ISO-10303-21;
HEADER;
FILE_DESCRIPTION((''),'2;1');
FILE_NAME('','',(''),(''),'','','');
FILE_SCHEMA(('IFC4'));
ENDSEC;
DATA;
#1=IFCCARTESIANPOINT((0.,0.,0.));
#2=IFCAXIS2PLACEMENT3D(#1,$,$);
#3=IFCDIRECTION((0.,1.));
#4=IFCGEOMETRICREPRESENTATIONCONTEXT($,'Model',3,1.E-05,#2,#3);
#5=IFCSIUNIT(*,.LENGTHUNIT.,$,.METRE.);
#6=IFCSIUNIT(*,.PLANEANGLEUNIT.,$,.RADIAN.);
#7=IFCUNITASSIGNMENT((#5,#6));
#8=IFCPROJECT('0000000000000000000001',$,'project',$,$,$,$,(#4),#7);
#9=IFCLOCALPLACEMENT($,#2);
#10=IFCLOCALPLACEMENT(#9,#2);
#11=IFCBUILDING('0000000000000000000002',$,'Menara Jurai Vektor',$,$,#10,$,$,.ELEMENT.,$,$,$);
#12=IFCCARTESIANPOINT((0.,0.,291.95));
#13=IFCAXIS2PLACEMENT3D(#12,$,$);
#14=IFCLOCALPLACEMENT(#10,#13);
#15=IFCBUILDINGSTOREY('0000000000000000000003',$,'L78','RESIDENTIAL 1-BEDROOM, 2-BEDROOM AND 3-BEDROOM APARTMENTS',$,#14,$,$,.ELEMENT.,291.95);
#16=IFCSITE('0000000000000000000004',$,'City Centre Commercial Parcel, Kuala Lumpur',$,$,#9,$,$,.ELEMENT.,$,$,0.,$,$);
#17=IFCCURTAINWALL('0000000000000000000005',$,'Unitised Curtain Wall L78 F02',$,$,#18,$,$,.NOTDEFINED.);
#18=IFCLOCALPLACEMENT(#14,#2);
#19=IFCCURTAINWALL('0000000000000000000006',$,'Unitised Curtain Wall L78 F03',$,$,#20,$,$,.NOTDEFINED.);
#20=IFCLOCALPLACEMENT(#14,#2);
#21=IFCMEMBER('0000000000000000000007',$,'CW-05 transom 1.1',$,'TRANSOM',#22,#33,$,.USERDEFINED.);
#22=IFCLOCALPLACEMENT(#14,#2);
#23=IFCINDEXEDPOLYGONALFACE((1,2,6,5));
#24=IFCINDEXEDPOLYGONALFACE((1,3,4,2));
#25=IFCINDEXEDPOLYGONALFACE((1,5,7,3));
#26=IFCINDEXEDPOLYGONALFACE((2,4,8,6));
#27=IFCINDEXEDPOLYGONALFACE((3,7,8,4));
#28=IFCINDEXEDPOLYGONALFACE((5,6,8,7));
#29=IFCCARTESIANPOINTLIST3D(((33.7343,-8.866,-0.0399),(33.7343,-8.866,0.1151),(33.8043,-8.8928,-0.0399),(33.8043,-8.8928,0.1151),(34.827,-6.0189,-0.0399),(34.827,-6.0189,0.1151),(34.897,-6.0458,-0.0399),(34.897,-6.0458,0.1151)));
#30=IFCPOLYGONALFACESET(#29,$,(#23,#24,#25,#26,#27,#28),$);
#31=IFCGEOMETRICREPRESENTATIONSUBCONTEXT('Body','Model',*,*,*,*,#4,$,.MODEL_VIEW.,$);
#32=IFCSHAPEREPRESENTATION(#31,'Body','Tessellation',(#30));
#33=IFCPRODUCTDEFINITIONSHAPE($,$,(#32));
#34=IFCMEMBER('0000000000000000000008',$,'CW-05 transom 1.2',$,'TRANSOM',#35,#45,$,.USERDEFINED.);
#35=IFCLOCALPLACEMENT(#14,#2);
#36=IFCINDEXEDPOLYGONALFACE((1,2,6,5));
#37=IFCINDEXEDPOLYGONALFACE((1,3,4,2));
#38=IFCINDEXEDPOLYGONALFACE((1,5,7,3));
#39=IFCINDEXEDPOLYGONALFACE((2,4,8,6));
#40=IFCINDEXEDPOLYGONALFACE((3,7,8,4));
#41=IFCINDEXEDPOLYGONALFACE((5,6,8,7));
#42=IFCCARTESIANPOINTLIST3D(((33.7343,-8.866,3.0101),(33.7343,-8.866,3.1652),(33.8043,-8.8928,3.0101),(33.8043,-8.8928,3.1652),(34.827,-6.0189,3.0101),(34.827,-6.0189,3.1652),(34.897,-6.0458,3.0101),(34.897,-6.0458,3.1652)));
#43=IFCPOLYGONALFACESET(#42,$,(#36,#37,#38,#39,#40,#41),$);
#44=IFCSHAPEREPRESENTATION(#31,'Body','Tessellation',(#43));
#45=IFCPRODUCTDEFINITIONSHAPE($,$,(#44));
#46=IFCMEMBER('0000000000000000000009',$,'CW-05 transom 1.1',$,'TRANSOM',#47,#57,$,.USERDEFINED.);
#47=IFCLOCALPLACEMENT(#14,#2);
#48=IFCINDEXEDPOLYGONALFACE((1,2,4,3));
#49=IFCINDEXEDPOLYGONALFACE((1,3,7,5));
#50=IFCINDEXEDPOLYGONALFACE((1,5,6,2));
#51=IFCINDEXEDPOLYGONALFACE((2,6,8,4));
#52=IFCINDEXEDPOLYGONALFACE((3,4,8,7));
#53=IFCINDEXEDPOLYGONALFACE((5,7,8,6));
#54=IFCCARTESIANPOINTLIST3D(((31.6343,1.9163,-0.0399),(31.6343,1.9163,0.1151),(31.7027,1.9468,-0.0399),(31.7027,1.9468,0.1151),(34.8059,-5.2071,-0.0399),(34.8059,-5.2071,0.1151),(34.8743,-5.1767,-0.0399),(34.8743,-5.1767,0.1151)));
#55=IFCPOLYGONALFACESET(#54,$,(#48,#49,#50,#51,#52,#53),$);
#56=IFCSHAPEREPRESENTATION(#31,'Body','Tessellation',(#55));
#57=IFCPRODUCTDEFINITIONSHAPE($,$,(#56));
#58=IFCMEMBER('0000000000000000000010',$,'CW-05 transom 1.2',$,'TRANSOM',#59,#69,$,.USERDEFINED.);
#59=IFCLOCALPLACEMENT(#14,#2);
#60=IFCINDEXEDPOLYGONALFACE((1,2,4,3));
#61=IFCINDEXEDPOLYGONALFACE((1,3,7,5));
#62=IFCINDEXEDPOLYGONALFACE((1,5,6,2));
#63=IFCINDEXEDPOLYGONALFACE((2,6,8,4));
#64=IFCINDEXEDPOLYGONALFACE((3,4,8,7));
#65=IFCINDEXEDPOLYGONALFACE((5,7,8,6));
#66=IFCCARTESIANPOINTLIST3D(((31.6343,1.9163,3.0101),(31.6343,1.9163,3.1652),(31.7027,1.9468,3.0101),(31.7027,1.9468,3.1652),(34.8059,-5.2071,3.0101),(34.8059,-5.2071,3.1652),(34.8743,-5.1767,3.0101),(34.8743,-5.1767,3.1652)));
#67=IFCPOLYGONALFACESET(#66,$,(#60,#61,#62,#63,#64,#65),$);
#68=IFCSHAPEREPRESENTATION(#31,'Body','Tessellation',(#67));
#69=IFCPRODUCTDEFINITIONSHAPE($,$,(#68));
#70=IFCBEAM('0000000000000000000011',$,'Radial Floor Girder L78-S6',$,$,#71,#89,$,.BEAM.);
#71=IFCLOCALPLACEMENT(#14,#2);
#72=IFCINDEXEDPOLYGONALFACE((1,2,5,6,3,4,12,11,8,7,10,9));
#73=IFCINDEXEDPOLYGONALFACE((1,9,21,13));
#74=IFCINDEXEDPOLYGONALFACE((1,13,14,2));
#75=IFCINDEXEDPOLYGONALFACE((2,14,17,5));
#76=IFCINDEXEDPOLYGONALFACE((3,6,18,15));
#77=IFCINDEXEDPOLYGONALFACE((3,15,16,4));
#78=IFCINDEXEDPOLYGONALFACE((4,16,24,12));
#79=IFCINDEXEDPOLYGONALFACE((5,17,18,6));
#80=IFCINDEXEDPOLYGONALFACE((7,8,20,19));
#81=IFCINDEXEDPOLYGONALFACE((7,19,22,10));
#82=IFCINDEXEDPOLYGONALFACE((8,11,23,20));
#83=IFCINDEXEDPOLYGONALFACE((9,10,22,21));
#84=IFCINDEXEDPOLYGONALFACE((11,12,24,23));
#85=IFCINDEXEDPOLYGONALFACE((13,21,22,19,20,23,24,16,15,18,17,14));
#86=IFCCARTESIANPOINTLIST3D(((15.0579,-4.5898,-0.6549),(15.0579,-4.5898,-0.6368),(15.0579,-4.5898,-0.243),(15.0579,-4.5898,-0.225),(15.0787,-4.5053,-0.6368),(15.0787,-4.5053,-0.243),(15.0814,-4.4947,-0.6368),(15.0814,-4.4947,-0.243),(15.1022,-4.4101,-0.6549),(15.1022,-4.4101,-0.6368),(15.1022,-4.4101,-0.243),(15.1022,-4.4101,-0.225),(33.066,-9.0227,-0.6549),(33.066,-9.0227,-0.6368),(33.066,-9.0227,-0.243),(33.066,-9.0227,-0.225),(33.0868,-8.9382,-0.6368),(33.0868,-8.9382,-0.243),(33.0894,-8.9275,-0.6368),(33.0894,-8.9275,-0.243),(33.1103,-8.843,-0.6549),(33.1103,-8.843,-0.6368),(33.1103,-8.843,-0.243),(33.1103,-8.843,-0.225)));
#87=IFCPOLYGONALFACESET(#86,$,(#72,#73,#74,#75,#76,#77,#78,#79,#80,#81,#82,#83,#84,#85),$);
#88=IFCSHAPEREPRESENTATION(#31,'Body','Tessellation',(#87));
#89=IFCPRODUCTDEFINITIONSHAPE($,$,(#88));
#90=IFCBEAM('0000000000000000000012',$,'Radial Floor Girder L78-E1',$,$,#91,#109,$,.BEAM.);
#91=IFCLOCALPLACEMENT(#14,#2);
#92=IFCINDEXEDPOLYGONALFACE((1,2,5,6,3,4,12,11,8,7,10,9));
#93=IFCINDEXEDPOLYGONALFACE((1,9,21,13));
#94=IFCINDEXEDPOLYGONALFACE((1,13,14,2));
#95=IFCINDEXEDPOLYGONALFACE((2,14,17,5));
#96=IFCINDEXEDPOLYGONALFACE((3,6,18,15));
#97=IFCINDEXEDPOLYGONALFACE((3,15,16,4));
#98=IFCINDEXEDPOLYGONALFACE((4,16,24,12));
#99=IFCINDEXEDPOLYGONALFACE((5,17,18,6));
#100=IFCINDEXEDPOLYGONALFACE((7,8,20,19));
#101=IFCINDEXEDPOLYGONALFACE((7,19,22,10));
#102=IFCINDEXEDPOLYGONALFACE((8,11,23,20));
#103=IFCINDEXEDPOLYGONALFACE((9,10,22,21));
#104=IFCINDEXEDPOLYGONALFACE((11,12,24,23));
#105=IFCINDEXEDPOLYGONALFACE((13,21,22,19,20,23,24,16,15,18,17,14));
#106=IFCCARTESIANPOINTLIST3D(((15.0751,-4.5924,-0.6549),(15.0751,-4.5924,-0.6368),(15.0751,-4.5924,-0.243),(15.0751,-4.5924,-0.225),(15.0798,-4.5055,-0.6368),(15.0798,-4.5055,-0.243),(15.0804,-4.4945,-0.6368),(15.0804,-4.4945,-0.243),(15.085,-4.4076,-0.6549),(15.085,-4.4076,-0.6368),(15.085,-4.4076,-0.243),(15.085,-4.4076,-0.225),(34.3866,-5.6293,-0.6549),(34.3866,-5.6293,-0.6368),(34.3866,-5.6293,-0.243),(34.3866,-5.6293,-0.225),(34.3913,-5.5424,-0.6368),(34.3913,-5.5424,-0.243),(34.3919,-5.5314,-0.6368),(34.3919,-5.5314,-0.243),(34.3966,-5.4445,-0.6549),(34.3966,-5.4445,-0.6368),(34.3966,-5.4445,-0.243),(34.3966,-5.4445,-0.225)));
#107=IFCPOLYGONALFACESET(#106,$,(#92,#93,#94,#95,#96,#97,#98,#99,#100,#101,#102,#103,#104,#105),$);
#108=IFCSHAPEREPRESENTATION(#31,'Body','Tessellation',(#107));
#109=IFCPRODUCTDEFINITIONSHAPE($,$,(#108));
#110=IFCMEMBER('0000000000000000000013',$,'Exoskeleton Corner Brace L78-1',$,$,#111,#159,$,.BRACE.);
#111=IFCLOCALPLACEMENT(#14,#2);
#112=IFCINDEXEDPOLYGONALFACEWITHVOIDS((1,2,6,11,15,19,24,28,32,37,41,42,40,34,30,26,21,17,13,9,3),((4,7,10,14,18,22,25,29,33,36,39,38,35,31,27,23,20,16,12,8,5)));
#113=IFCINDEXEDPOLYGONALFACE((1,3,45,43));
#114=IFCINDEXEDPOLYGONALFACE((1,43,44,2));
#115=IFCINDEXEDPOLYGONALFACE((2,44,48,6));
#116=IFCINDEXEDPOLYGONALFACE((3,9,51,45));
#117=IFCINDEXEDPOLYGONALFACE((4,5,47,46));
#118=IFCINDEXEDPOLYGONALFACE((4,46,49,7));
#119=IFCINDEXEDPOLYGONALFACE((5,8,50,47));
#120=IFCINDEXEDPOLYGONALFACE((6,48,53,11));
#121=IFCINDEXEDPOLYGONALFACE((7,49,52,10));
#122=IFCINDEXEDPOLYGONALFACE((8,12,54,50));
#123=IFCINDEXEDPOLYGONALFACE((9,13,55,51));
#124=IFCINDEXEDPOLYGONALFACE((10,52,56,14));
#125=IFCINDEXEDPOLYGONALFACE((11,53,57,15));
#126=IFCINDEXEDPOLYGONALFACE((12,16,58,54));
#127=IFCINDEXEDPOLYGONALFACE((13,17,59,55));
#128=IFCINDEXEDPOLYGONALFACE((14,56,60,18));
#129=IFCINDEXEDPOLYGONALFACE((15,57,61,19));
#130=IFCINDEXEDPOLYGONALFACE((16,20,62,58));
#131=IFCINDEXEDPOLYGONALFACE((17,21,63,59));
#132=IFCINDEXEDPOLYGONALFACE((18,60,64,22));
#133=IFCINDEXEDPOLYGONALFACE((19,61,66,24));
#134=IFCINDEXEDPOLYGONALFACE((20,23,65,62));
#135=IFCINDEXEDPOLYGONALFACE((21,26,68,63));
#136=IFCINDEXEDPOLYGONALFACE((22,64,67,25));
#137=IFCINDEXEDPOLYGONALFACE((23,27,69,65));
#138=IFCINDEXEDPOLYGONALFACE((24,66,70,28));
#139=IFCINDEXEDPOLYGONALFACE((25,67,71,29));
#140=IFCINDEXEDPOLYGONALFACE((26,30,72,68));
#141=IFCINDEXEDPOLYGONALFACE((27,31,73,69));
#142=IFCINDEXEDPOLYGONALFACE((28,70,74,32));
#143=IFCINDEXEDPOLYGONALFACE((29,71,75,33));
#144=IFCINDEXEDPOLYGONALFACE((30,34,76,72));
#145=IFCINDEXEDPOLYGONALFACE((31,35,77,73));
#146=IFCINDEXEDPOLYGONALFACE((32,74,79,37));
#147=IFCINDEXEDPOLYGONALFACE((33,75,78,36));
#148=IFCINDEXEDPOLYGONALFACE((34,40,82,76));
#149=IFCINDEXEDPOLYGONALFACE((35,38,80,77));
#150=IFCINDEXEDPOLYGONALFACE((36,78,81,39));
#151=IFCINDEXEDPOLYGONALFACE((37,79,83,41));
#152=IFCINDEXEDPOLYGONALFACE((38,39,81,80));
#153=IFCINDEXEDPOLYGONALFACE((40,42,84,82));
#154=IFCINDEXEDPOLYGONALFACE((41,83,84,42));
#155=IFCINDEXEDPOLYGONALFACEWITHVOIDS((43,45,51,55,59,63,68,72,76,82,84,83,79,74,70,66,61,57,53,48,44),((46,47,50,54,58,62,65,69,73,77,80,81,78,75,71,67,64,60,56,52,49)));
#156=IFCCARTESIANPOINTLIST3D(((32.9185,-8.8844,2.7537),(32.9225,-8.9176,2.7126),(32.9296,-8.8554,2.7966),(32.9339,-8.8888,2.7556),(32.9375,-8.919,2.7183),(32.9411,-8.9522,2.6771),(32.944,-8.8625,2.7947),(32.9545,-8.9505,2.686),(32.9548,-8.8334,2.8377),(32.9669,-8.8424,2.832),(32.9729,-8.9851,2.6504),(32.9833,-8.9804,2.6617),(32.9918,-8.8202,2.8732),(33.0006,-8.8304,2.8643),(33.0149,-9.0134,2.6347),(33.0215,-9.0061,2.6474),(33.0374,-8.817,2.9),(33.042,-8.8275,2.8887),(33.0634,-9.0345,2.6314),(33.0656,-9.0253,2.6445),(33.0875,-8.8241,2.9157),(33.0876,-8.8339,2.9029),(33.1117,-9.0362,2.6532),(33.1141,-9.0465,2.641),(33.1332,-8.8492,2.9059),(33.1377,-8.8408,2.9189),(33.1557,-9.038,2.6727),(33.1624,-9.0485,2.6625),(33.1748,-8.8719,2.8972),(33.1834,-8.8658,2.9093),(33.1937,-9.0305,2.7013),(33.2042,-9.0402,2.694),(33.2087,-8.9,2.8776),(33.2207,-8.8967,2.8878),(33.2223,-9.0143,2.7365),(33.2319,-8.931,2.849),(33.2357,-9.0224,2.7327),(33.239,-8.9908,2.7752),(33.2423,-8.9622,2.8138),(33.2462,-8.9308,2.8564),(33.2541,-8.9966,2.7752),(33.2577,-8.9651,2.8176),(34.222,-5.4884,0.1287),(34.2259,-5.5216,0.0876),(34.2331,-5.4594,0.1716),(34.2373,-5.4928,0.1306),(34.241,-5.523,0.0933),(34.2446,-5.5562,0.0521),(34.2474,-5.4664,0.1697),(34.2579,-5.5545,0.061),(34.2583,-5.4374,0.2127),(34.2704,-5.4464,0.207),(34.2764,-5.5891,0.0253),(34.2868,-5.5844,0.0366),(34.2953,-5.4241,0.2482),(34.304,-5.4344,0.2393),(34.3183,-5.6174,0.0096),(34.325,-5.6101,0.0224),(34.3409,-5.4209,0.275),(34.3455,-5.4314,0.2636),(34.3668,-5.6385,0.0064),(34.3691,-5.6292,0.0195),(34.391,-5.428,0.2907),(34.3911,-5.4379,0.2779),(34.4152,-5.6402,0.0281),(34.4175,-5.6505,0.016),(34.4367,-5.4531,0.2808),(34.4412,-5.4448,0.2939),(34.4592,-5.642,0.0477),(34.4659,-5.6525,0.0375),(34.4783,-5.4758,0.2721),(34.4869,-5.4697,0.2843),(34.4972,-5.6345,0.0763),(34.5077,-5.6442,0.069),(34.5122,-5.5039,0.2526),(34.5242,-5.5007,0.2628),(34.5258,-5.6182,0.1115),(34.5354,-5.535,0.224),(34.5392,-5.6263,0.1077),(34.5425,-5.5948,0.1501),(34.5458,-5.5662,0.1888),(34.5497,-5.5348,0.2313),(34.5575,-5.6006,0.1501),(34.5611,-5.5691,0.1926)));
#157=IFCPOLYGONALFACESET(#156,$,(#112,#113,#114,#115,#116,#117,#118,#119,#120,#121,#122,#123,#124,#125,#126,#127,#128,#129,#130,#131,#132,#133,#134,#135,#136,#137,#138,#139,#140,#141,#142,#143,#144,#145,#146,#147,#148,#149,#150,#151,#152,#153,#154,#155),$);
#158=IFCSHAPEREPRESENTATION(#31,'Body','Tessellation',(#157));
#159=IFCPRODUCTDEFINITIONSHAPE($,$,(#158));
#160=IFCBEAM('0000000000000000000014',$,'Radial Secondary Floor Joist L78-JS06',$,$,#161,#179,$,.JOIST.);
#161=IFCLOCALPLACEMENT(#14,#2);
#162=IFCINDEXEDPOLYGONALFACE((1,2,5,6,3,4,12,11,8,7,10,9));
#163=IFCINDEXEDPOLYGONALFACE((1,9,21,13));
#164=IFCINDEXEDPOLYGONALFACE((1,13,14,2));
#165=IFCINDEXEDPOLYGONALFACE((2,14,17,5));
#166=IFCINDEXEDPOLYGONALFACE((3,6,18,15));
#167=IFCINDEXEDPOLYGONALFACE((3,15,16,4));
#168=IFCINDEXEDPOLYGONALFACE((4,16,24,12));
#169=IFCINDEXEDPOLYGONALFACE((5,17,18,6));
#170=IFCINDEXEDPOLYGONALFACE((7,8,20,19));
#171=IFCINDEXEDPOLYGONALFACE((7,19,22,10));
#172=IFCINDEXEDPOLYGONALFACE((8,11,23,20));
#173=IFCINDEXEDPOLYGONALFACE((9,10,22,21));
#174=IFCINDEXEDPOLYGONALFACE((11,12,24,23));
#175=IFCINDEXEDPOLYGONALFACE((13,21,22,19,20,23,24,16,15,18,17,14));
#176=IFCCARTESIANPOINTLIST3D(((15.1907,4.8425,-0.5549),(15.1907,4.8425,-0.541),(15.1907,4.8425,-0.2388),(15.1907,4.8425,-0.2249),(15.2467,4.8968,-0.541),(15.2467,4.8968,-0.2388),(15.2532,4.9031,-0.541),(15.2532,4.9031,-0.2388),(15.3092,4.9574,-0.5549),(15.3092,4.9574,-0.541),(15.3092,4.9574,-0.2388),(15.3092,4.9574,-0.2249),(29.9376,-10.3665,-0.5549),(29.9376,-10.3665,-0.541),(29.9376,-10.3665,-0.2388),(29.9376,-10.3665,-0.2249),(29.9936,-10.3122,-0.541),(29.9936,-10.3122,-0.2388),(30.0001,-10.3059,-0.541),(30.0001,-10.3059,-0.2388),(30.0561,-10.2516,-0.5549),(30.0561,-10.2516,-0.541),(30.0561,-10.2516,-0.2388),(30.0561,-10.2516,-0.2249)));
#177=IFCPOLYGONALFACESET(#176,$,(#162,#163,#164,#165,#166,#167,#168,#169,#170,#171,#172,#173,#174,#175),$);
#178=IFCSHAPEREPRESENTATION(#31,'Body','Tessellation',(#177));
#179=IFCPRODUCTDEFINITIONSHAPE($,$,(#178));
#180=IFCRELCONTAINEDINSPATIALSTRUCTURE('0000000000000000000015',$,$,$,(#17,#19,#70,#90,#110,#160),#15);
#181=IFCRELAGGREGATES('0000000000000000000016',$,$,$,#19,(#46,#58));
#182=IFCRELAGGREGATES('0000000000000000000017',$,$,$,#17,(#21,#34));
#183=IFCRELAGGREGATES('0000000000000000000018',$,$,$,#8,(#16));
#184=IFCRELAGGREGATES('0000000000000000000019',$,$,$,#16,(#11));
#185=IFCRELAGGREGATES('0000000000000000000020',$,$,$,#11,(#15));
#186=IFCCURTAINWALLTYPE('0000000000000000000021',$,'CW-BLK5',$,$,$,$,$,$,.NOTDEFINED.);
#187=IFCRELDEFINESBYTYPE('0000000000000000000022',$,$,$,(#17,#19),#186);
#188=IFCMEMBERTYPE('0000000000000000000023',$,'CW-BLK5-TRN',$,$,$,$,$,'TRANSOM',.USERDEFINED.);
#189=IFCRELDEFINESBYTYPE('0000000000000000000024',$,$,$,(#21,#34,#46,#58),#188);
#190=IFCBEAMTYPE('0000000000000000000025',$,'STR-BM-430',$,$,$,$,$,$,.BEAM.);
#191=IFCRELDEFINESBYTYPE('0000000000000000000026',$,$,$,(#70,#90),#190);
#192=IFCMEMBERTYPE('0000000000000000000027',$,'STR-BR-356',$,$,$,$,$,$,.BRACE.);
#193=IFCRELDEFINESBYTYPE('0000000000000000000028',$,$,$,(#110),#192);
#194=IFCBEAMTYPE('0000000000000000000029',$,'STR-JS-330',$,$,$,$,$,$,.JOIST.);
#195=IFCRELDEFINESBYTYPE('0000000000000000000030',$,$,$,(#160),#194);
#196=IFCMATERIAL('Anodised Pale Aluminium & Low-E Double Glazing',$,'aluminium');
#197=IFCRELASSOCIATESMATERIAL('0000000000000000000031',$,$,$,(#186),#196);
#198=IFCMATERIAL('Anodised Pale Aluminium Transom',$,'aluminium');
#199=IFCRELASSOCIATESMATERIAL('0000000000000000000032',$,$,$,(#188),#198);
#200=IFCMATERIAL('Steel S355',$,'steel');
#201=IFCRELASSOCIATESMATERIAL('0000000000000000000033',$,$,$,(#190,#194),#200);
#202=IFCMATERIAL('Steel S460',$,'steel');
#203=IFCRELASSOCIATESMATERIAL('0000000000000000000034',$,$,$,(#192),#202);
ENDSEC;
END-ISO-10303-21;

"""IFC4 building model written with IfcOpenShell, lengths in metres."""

from ifc_helpers import new_model, si_unit, direction, frame, origin, origin_2d, place, context, subcontext, project, spatial, rectangle, hollow_circle, i_section, extrude, material, material_profile, profile_set, type_object, element, aggregate, save


model = new_model("IFC4")

# Units and contexts
model_context = context("Model", 3, precision=1e-05, world=origin(), true_north=direction((0.0, 1.0)))
body_context = subcontext(model_context, "Body", "Model", "MODEL_VIEW")
ifc_project = project(units=[si_unit("LENGTHUNIT", "METRE"), si_unit("PLANEANGLEUNIT", "RADIAN")], contexts=[model_context])

# Site, building, storey
site_placement = place(None, origin())
site = spatial("IfcSite", under=ifc_project, at=site_placement, Name="City Centre Commercial Parcel, Kuala Lumpur", CompositionType="ELEMENT", RefElevation=0.0)
building_placement = place(site_placement, origin())
building = spatial("IfcBuilding", under=site, at=building_placement, Name="Menara Jurai Vektor", CompositionType="ELEMENT")
storey_placement = place(building_placement, frame((0.0, 0.0, 291.95)))
storey = spatial("IfcBuildingStorey", under=building, at=storey_placement, Name="L78", Description="RESIDENTIAL 1-BEDROOM, 2-BEDROOM AND 3-BEDROOM APARTMENTS", CompositionType="ELEMENT", Elevation=291.95)

# Shared definitions
ifc_material_1 = material(Name="Steel S460", Category="steel")

# Curtain wall
ifc_material_2 = material(Name="Anodised Pale Aluminium & Low-E Double Glazing", Category="aluminium")
curtain_wall_type = type_object("IfcCurtainWallType", Name="CW-BLK5", PredefinedType="NOTDEFINED", material=ifc_material_2)
curtain_wall_1_placement = place(storey_placement, origin())
curtain_wall_1 = element("IfcCurtainWall", 1, at=curtain_wall_1_placement, inside=storey, type_object=curtain_wall_type, Name="Unitised Curtain Wall L78 F02", PredefinedType="NOTDEFINED")

# Curtain wall
curtain_wall_2_placement = place(storey_placement, origin())
curtain_wall_2 = element("IfcCurtainWall", 2, at=curtain_wall_2_placement, inside=storey, type_object=curtain_wall_type, Name="Unitised Curtain Wall L78 F03", PredefinedType="NOTDEFINED")

# Members
ifc_material_3 = material(Name="Anodised Pale Aluminium Transom", Category="aluminium")
ifc_material_profile_1 = material_profile(ifc_material_3, rectangle(XDim=0.075, YDim=0.155, at=origin_2d()), Name="ALU TRN 75x155")
ifc_profile_set_1 = profile_set([ifc_material_profile_1], Name="Anodised Pale Aluminium Transom")
member_type_1 = type_object("IfcMemberType", Name="CW-BLK5-TRN", ElementType="TRANSOM", PredefinedType="USERDEFINED", material=ifc_profile_set_1)
member_1_placement = place(storey_placement, frame((33.7693, -8.8794, 0.0376), z_axis=(0.358325, 0.933597, 0.0), x_axis=(-0.933597, 0.358325, 0.0)))
member_1 = element("IfcMember", 3, at=member_1_placement, type_object=member_type_1, Name="CW-05 transom 1.1", ObjectType="TRANSOM", PredefinedType="USERDEFINED", context=body_context, shape_type="SweptSolid", body=[
    extrude(rectangle(XDim=0.075, YDim=0.155, at=origin_2d()), origin(), (0.0, 0.0, 1.0), 3.0496),
])
member_2_placement = place(storey_placement, frame((33.7693, -8.8794, 3.0876), z_axis=(0.358325, 0.933597, 0.0), x_axis=(-0.933597, 0.358325, 0.0)))
member_2 = element("IfcMember", 4, at=member_2_placement, type_object=member_type_1, Name="CW-05 transom 1.2", ObjectType="TRANSOM", PredefinedType="USERDEFINED", context=body_context, shape_type="SweptSolid", body=[
    extrude(rectangle(XDim=0.075, YDim=0.155, at=origin_2d()), origin(), (0.0, 0.0, 1.0), 3.0496),
])
member_3_placement = place(storey_placement, frame((34.8401, -5.1919, 0.0376), z_axis=(-0.40674, 0.913544, 0.0), x_axis=(-0.913544, -0.40674, 0.0)))
member_3 = element("IfcMember", 5, at=member_3_placement, type_object=member_type_1, Name="CW-05 transom 1.1", ObjectType="TRANSOM", PredefinedType="USERDEFINED", context=body_context, shape_type="SweptSolid", body=[
    extrude(rectangle(XDim=0.075, YDim=0.155, at=origin_2d()), origin(), (0.0, 0.0, 1.0), 7.7976),
])
member_4_placement = place(storey_placement, frame((34.8401, -5.1919, 3.0876), z_axis=(-0.40674, 0.913544, 0.0), x_axis=(-0.913544, -0.40674, 0.0)))
member_4 = element("IfcMember", 6, at=member_4_placement, type_object=member_type_1, Name="CW-05 transom 1.2", ObjectType="TRANSOM", PredefinedType="USERDEFINED", context=body_context, shape_type="SweptSolid", body=[
    extrude(rectangle(XDim=0.075, YDim=0.155, at=origin_2d()), origin(), (0.0, 0.0, 1.0), 7.7976),
])

# Beams
ifc_material_4 = material(Name="Steel S355", Category="steel")
ifc_material_profile_2 = material_profile(ifc_material_4, i_section(OverallWidth=0.1851, OverallDepth=0.4299, WebThickness=0.011, FlangeThickness=0.0181, at=origin_2d()), Name="PG 430x185x76")
ifc_profile_set_2 = profile_set([ifc_material_profile_2], Name="Steel S355")
beam_type_1 = type_object("IfcBeamType", Name="STR-BM-430", PredefinedType="BEAM", material=ifc_profile_set_2)
beam_1_placement = place(storey_placement, frame((33.0881, -8.9329, -0.4399), z_axis=(-0.971014, 0.239025, 0.0), x_axis=(-0.239025, -0.971014, 0.0)))
element("IfcBeam", 7, at=beam_1_placement, inside=storey, type_object=beam_type_1, Name="Radial Floor Girder L78-S6", PredefinedType="BEAM", context=body_context, shape_type="SweptSolid", body=[
    extrude(i_section(OverallWidth=0.1851, OverallDepth=0.4299, WebThickness=0.011, FlangeThickness=0.0181, at=origin_2d()), origin(), (0.0, 0.0, 1.0), 18.5457),
])
beam_2_placement = place(storey_placement, frame((34.3916, -5.5369, -0.4399), z_axis=(-0.998562, 0.053614, 0.0), x_axis=(-0.053614, -0.998562, 0.0)))
element("IfcBeam", 8, at=beam_2_placement, inside=storey, type_object=beam_type_1, Name="Radial Floor Girder L78-E1", PredefinedType="BEAM", context=body_context, shape_type="SweptSolid", body=[
    extrude(i_section(OverallWidth=0.1851, OverallDepth=0.4299, WebThickness=0.011, FlangeThickness=0.0181, at=origin_2d()), origin(), (0.0, 0.0, 1.0), 19.3394),
])

# Member
ifc_material_profile_3 = material_profile(ifc_material_1, hollow_circle(Radius=0.1777, WallThickness=0.0161, at=origin_2d()), Name="CHS 355.6x16")
ifc_profile_set_3 = profile_set([ifc_material_profile_3], Name="Steel S460")
member_type_2 = type_object("IfcMemberType", Name="STR-BR-356", PredefinedType="BRACE", material=ifc_profile_set_3)
member_5_placement = place(storey_placement, frame((34.3916, -5.5369, 0.1501), z_axis=(-0.290576, -0.757054, 0.585179), x_axis=(0.933593, -0.358336, 0.0)))
element("IfcMember", 9, at=member_5_placement, inside=storey, type_object=member_type_2, Name="Exoskeleton Corner Brace L78-1", PredefinedType="BRACE", context=body_context, shape_type="SweptSolid", body=[
    extrude(hollow_circle(Radius=0.1777, WallThickness=0.0161, at=origin_2d()), origin(), (0.0, 0.0, 1.0), 4.4858),
])

# Beam
ifc_material_profile_4 = material_profile(ifc_material_4, i_section(OverallWidth=0.165, OverallDepth=0.3301, WebThickness=0.009, FlangeThickness=0.0139, at=origin_2d()), Name="PG 330x165x46")
ifc_profile_set_4 = profile_set([ifc_material_profile_4], Name="Steel S355")
beam_type_2 = type_object("IfcBeamType", Name="STR-JS-330", PredefinedType="JOIST", material=ifc_profile_set_4)
beam_3_placement = place(storey_placement, frame((29.9968, -10.3091, -0.3899), z_axis=(-0.696115, 0.717931, 0.0), x_axis=(-0.717931, -0.696115, 0.0)))
element("IfcBeam", 10, at=beam_3_placement, inside=storey, type_object=beam_type_2, Name="Radial Secondary Floor Joist L78-JS06", PredefinedType="JOIST", context=body_context, shape_type="SweptSolid", body=[
    extrude(i_section(OverallWidth=0.165, OverallDepth=0.3301, WebThickness=0.009, FlangeThickness=0.0139, at=origin_2d()), origin(), (0.0, 0.0, 1.0), 21.1846),
])

aggregate(curtain_wall_2, [member_3, member_4])
aggregate(curtain_wall_1, [member_1, member_2])

save(model, "model.ifc")
